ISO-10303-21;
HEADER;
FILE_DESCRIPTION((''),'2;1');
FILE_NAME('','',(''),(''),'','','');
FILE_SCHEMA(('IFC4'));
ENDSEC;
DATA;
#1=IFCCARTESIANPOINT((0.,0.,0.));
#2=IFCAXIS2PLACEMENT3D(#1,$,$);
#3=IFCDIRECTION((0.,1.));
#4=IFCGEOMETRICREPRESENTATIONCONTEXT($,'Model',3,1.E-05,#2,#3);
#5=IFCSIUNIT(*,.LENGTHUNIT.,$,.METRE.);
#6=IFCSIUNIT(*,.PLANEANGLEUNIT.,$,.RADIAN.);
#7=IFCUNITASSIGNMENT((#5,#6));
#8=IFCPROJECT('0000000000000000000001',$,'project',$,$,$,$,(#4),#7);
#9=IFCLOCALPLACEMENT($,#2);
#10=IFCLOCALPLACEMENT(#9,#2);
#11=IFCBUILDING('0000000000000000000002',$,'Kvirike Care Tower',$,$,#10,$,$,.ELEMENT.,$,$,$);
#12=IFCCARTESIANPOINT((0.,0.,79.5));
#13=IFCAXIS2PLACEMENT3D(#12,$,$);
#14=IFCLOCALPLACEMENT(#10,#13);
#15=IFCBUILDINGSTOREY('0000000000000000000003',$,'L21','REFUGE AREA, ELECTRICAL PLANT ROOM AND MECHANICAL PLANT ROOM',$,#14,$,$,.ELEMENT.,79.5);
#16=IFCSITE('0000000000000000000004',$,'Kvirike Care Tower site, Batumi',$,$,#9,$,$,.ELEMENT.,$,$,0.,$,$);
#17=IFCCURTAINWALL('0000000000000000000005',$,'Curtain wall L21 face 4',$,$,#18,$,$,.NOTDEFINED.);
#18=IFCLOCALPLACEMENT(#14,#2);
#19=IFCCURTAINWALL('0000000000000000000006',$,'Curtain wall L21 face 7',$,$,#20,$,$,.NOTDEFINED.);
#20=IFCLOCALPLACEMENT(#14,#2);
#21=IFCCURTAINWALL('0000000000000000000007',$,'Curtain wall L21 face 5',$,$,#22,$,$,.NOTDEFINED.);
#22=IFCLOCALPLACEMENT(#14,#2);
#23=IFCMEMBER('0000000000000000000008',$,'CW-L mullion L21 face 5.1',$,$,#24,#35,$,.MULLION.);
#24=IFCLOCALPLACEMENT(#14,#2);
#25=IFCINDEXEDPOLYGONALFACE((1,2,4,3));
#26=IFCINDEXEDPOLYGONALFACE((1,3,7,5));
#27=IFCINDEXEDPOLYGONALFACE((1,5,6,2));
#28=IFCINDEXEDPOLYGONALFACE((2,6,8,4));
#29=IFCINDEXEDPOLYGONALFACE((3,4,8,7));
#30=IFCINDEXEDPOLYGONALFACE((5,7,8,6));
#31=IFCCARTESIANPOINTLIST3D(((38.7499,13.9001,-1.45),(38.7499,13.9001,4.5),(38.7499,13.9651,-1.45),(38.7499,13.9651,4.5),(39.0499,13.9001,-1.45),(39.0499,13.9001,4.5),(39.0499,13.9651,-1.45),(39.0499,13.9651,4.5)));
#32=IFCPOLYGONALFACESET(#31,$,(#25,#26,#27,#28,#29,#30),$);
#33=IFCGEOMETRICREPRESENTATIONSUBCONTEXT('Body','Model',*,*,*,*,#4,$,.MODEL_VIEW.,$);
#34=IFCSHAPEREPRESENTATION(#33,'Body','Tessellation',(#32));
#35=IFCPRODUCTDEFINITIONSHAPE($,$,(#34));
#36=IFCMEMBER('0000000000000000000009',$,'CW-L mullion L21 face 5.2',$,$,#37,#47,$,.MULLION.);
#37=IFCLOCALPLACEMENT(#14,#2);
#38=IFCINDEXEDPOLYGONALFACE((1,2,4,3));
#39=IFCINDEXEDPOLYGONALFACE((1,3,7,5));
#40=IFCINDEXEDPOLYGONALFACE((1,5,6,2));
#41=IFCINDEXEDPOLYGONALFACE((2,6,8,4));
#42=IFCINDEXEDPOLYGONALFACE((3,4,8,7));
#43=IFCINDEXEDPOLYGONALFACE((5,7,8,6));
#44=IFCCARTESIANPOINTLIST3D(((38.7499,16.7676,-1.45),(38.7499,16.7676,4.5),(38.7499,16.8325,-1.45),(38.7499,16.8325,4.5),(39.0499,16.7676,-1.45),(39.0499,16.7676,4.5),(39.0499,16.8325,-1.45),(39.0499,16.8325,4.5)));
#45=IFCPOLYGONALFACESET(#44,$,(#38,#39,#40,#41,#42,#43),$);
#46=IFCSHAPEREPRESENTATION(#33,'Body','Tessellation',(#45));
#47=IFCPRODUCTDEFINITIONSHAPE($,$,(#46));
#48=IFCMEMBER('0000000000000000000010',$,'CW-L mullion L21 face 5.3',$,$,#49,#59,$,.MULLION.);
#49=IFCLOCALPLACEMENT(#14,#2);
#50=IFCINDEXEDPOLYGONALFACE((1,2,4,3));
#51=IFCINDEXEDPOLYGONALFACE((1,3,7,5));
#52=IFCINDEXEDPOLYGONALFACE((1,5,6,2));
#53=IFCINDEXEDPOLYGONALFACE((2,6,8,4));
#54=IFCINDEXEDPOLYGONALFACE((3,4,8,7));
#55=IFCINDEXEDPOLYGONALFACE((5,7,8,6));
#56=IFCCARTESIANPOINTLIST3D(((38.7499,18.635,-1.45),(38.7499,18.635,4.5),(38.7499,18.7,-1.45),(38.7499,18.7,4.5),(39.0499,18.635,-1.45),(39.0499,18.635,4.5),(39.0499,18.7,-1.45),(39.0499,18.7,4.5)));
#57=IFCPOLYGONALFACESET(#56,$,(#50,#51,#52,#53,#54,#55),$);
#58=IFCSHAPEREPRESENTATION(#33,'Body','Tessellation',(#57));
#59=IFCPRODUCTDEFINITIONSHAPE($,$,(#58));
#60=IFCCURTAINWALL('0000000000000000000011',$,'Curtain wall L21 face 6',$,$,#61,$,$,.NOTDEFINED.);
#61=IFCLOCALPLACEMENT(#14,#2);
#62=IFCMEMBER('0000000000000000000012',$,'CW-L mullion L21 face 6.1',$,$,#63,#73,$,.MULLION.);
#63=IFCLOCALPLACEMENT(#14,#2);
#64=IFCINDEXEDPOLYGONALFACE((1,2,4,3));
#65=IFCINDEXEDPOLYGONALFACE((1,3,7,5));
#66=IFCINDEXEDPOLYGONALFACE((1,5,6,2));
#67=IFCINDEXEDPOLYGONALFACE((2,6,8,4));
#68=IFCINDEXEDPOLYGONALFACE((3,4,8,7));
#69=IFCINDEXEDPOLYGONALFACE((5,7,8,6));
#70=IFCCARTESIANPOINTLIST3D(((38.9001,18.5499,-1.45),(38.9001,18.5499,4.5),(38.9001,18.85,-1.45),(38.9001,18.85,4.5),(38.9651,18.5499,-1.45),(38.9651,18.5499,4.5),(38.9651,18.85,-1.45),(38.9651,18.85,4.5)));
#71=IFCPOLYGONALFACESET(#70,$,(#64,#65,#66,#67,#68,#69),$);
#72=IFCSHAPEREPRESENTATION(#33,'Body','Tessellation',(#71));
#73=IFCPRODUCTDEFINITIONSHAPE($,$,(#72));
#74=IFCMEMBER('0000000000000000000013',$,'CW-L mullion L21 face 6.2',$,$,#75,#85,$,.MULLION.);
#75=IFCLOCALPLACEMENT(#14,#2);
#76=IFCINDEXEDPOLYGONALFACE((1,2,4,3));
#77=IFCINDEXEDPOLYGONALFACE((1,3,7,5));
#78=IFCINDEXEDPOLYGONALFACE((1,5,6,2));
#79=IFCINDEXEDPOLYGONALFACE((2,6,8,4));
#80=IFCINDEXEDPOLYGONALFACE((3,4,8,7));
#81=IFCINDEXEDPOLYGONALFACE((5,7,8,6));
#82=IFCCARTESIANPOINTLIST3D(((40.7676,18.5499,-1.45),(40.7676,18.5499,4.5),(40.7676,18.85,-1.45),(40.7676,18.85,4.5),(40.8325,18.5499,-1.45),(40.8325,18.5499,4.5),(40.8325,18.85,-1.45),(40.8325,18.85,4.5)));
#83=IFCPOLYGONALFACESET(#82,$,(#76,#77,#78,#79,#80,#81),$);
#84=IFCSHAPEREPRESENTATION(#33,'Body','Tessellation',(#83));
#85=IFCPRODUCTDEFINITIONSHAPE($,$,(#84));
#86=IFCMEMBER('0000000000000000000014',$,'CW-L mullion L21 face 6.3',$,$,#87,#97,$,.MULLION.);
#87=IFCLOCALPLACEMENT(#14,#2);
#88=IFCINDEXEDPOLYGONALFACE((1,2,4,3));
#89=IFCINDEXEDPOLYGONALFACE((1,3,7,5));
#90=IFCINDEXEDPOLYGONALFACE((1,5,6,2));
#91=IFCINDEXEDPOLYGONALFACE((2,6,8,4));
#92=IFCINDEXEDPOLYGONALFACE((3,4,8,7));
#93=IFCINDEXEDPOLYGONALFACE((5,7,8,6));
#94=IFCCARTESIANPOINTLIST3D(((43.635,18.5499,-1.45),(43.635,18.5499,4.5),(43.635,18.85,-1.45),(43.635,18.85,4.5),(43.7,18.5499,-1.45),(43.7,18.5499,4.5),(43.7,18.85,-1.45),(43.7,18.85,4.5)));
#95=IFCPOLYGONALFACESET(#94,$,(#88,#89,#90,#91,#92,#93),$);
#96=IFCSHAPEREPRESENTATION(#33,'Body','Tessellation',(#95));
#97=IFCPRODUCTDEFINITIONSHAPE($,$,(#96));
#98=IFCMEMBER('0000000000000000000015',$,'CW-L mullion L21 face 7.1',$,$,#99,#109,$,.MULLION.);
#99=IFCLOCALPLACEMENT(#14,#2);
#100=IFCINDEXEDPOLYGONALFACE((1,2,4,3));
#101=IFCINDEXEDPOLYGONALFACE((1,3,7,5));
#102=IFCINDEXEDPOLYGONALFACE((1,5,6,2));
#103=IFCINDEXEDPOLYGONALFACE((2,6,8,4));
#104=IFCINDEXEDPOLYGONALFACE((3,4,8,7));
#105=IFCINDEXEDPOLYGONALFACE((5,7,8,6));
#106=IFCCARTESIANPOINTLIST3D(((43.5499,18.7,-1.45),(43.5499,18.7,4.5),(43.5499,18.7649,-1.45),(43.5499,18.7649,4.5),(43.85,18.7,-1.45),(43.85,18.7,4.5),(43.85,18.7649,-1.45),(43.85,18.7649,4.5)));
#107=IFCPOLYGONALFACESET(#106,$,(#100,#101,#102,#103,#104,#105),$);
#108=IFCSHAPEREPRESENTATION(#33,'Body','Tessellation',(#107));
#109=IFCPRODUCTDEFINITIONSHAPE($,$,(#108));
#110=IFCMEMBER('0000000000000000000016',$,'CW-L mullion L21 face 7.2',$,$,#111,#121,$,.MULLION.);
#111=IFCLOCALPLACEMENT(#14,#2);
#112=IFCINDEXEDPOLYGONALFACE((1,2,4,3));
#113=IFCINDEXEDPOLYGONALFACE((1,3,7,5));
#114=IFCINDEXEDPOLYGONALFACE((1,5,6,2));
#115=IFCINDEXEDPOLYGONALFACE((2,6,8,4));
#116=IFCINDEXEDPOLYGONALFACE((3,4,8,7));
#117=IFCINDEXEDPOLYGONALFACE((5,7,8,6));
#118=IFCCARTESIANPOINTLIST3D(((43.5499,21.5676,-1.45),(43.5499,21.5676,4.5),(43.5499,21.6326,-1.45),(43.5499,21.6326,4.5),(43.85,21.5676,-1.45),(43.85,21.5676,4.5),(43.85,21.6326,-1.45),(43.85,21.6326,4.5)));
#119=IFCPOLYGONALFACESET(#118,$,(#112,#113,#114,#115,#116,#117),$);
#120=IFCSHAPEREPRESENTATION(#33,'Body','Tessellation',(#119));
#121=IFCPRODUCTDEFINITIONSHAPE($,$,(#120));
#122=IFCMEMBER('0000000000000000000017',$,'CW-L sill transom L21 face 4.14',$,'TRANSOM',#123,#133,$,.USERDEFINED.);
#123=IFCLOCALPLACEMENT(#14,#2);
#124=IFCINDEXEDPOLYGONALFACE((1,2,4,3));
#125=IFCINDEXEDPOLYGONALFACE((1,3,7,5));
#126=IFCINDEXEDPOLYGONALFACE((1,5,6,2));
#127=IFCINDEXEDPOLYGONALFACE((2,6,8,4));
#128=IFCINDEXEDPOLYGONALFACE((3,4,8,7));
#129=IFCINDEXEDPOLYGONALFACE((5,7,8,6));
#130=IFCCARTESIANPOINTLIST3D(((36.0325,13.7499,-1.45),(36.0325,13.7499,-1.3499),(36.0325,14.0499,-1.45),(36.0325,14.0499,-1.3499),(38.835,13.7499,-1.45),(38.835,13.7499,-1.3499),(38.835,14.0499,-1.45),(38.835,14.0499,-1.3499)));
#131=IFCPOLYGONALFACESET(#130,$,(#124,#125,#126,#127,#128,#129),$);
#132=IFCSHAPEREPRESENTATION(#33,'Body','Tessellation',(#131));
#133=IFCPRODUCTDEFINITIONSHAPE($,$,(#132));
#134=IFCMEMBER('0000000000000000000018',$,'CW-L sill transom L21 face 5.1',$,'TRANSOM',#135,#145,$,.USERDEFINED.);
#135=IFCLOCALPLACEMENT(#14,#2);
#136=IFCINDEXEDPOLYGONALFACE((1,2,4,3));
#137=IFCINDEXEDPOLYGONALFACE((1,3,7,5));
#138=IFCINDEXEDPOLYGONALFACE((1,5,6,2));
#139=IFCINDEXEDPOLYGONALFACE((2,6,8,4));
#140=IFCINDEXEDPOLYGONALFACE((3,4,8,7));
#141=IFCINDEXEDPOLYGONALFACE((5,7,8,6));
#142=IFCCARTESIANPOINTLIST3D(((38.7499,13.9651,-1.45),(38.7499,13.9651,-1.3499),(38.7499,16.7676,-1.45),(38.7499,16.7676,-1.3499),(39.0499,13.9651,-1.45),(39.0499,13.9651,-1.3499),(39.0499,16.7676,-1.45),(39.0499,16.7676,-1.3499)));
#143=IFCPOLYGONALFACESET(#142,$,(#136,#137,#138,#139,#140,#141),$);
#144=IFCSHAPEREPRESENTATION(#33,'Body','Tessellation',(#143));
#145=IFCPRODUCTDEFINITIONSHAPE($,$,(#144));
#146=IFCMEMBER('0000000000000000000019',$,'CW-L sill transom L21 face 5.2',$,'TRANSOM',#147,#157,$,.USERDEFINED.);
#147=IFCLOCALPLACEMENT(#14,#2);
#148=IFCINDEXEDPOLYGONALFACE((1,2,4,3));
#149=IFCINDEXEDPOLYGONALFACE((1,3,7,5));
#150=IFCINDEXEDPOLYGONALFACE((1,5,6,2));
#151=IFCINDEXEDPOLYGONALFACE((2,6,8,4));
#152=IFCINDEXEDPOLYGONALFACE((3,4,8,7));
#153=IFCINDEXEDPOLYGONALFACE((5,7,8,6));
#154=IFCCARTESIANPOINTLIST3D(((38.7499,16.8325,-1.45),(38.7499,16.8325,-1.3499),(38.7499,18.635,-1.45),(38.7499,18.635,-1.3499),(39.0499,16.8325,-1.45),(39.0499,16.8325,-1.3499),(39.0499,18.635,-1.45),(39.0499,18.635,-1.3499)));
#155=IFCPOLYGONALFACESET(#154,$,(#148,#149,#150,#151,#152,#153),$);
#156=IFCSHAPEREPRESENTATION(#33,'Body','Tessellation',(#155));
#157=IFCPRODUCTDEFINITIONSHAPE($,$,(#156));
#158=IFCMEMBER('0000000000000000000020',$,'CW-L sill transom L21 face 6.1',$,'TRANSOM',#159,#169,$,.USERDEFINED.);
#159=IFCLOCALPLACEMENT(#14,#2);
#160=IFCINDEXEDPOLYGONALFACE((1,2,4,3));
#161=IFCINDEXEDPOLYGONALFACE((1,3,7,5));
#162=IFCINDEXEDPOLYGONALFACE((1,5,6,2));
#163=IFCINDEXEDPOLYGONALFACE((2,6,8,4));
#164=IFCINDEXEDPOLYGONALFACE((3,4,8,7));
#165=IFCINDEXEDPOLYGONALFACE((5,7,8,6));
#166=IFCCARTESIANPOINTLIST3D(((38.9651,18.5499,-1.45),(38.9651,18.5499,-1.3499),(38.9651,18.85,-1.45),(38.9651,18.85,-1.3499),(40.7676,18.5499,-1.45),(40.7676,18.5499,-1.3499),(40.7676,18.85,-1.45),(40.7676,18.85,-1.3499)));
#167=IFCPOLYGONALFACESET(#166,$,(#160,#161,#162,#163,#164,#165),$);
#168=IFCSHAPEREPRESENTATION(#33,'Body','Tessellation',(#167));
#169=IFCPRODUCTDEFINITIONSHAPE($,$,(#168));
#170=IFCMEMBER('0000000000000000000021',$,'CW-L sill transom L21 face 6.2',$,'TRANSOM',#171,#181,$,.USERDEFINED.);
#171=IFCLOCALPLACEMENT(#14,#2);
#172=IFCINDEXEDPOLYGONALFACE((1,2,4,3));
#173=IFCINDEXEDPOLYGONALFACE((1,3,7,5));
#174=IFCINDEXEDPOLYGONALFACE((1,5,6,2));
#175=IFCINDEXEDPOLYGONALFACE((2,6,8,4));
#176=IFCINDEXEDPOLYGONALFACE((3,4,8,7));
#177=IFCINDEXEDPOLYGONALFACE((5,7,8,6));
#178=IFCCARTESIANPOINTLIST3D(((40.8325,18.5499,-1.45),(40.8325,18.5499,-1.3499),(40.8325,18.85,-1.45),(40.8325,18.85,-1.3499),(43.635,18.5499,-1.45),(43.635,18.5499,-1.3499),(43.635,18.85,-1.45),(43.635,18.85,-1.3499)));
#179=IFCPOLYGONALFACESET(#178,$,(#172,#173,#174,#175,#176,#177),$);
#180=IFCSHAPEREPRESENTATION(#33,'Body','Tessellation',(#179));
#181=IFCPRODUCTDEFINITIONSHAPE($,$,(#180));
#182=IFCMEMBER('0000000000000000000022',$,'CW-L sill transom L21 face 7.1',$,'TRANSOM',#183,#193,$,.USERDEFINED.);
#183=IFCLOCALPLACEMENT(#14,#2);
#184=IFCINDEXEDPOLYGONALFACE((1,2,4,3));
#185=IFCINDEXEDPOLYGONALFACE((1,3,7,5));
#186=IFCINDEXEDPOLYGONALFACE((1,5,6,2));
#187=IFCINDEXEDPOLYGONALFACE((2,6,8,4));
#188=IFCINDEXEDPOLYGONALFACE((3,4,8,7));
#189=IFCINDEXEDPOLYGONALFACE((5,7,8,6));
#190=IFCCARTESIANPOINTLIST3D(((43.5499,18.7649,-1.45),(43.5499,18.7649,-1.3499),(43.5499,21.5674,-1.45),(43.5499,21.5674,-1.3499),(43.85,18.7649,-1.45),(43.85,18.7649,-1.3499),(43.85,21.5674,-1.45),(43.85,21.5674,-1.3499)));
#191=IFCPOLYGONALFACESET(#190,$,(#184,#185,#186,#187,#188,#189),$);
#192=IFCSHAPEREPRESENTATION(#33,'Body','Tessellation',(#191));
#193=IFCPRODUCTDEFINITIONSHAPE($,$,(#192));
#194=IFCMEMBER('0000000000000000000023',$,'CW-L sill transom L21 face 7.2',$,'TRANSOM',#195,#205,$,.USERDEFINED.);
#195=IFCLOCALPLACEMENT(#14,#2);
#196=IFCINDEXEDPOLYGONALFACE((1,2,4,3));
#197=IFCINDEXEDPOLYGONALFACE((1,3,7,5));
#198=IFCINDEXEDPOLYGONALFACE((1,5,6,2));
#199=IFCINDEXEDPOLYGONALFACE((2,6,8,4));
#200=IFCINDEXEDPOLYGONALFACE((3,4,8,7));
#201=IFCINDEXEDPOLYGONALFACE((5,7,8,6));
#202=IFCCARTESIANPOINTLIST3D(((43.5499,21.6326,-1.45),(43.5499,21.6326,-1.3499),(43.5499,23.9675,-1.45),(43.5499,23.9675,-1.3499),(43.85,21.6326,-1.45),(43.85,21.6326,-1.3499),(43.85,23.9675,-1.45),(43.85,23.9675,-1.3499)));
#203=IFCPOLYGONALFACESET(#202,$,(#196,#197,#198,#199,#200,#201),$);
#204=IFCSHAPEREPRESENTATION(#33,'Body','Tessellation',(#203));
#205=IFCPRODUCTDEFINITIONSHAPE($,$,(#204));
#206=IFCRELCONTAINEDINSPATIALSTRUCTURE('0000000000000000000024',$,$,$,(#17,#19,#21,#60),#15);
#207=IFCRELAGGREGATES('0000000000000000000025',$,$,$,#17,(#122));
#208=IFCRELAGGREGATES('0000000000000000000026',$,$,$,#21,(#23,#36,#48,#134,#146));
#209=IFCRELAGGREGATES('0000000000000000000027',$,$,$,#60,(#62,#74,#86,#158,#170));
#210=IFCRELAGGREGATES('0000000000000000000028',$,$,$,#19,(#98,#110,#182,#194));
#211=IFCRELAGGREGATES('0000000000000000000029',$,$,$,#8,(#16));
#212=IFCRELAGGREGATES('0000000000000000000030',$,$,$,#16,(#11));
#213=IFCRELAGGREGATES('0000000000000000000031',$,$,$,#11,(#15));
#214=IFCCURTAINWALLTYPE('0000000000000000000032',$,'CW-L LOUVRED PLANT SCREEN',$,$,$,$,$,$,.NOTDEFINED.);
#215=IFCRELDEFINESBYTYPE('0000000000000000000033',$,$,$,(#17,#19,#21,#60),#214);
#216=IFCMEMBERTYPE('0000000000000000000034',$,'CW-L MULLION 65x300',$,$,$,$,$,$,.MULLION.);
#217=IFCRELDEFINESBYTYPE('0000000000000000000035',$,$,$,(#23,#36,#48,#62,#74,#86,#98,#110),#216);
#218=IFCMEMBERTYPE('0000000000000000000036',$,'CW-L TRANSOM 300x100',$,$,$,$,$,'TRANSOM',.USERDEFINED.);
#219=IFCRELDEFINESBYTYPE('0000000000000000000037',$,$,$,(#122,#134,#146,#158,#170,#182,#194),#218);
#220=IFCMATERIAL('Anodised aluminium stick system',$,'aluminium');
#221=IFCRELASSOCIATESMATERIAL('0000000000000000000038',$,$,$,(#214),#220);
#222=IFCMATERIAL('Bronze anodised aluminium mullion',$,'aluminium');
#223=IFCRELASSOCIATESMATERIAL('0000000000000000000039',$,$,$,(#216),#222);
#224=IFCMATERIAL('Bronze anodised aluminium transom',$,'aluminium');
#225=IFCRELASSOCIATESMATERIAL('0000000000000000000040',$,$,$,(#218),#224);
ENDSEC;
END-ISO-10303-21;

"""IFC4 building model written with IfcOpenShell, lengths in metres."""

from ifc_helpers import new_model, si_unit, direction, frame, origin, origin_2d, place, context, subcontext, project, spatial, rectangle, extrude, material, material_profile, profile_set, type_object, element, aggregate, save


model = new_model("IFC4")

# Units and contexts
model_context = context("Model", 3, precision=1e-05, world=origin(), true_north=direction((0.0, 1.0)))
body_context = subcontext(model_context, "Body", "Model", "MODEL_VIEW")
ifc_project = project(units=[si_unit("LENGTHUNIT", "METRE"), si_unit("PLANEANGLEUNIT", "RADIAN")], contexts=[model_context])

# Site, building, storey
site_placement = place(None, origin())
site = spatial("IfcSite", under=ifc_project, at=site_placement, Name="Kvirike Care Tower site, Batumi", CompositionType="ELEMENT", RefElevation=0.0)
building_placement = place(site_placement, origin())
building = spatial("IfcBuilding", under=site, at=building_placement, Name="Kvirike Care Tower", CompositionType="ELEMENT")
storey_placement = place(building_placement, frame((0.0, 0.0, 79.5)))
storey = spatial("IfcBuildingStorey", under=building, at=storey_placement, Name="L21", Description="REFUGE AREA, ELECTRICAL PLANT ROOM AND MECHANICAL PLANT ROOM", CompositionType="ELEMENT", Elevation=79.5)

# Curtain walls
ifc_material_1 = material(Name="Anodised aluminium stick system", Category="aluminium")
curtain_wall_type = type_object("IfcCurtainWallType", Name="CW-L LOUVRED PLANT SCREEN", PredefinedType="NOTDEFINED", material=ifc_material_1)
curtain_wall_1_placement = place(storey_placement, origin())
curtain_wall_1 = element("IfcCurtainWall", 1, at=curtain_wall_1_placement, inside=storey, type_object=curtain_wall_type, Name="Curtain wall L21 face 4", PredefinedType="NOTDEFINED")
curtain_wall_2_placement = place(storey_placement, origin())
curtain_wall_2 = element("IfcCurtainWall", 2, at=curtain_wall_2_placement, inside=storey, type_object=curtain_wall_type, Name="Curtain wall L21 face 7", PredefinedType="NOTDEFINED")

# Shared definitions
ifc_material_2 = material(Name="Bronze anodised aluminium mullion", Category="aluminium")
ifc_material_profile_1 = material_profile(ifc_material_2, rectangle(XDim=0.0649, YDim=0.3, at=origin_2d()), Name="CW-L MULLION 65x300")
ifc_profile_set_1 = profile_set([ifc_material_profile_1], Name="Bronze anodised aluminium mullion")
member_type_1 = type_object("IfcMemberType", Name="CW-L MULLION 65x300", PredefinedType="MULLION", material=ifc_profile_set_1)

# Curtain walls, members
curtain_wall_3_placement = place(storey_placement, origin())
curtain_wall_3 = element("IfcCurtainWall", 3, at=curtain_wall_3_placement, inside=storey, type_object=curtain_wall_type, Name="Curtain wall L21 face 5", PredefinedType="NOTDEFINED")
member_1_placement = place(storey_placement, frame((38.8999, 13.9326, -1.45), z_axis=(0.0, 0.0, 1.0), x_axis=(0.0, 1.0, 0.0)))
member_1 = element("IfcMember", 4, at=member_1_placement, type_object=member_type_1, Name="CW-L mullion L21 face 5.1", PredefinedType="MULLION", context=body_context, shape_type="SweptSolid", body=[
    extrude(rectangle(XDim=0.0649, YDim=0.3, at=origin_2d()), origin(), (0.0, 0.0, 1.0), 5.95),
])
member_2_placement = place(storey_placement, frame((38.8999, 16.8, -1.45), z_axis=(0.0, 0.0, 1.0), x_axis=(0.0, 1.0, 0.0)))
member_2 = element("IfcMember", 5, at=member_2_placement, type_object=member_type_1, Name="CW-L mullion L21 face 5.2", PredefinedType="MULLION", context=body_context, shape_type="SweptSolid", body=[
    extrude(rectangle(XDim=0.0649, YDim=0.3, at=origin_2d()), origin(), (0.0, 0.0, 1.0), 5.95),
])
member_3_placement = place(storey_placement, frame((38.8999, 18.6675, -1.45), z_axis=(0.0, 0.0, 1.0), x_axis=(0.0, 1.0, 0.0)))
member_3 = element("IfcMember", 6, at=member_3_placement, type_object=member_type_1, Name="CW-L mullion L21 face 5.3", PredefinedType="MULLION", context=body_context, shape_type="SweptSolid", body=[
    extrude(rectangle(XDim=0.0649, YDim=0.3, at=origin_2d()), origin(), (0.0, 0.0, 1.0), 5.95),
])
curtain_wall_4_placement = place(storey_placement, origin())
curtain_wall_4 = element("IfcCurtainWall", 7, at=curtain_wall_4_placement, inside=storey, type_object=curtain_wall_type, Name="Curtain wall L21 face 6", PredefinedType="NOTDEFINED")
member_4_placement = place(storey_placement, frame((38.9326, 18.7, -1.45), z_axis=(0.0, 0.0, 1.0), x_axis=(1.0, 0.0, 0.0)))
member_4 = element("IfcMember", 8, at=member_4_placement, type_object=member_type_1, Name="CW-L mullion L21 face 6.1", PredefinedType="MULLION", context=body_context, shape_type="SweptSolid", body=[
    extrude(rectangle(XDim=0.0649, YDim=0.3, at=origin_2d()), origin(), (0.0, 0.0, 1.0), 5.95),
])
member_5_placement = place(storey_placement, frame((40.8, 18.7, -1.45), z_axis=(0.0, 0.0, 1.0), x_axis=(1.0, 0.0, 0.0)))
member_5 = element("IfcMember", 9, at=member_5_placement, type_object=member_type_1, Name="CW-L mullion L21 face 6.2", PredefinedType="MULLION", context=body_context, shape_type="SweptSolid", body=[
    extrude(rectangle(XDim=0.0649, YDim=0.3, at=origin_2d()), origin(), (0.0, 0.0, 1.0), 5.95),
])
member_6_placement = place(storey_placement, frame((43.6675, 18.7, -1.45), z_axis=(0.0, 0.0, 1.0), x_axis=(1.0, 0.0, 0.0)))
member_6 = element("IfcMember", 10, at=member_6_placement, type_object=member_type_1, Name="CW-L mullion L21 face 6.3", PredefinedType="MULLION", context=body_context, shape_type="SweptSolid", body=[
    extrude(rectangle(XDim=0.0649, YDim=0.3, at=origin_2d()), origin(), (0.0, 0.0, 1.0), 5.95),
])

# Members
member_7_placement = place(storey_placement, frame((43.7, 18.7324, -1.45), z_axis=(0.0, 0.0, 1.0), x_axis=(0.0, 1.0, 0.0)))
member_7 = element("IfcMember", 11, at=member_7_placement, type_object=member_type_1, Name="CW-L mullion L21 face 7.1", PredefinedType="MULLION", context=body_context, shape_type="SweptSolid", body=[
    extrude(rectangle(XDim=0.0649, YDim=0.3, at=origin_2d()), origin(), (0.0, 0.0, 1.0), 5.95),
])
member_8_placement = place(storey_placement, frame((43.7, 21.6001, -1.45), z_axis=(0.0, 0.0, 1.0), x_axis=(0.0, 1.0, 0.0)))
member_8 = element("IfcMember", 12, at=member_8_placement, type_object=member_type_1, Name="CW-L mullion L21 face 7.2", PredefinedType="MULLION", context=body_context, shape_type="SweptSolid", body=[
    extrude(rectangle(XDim=0.0649, YDim=0.3, at=origin_2d()), origin(), (0.0, 0.0, 1.0), 5.95),
])
ifc_material_3 = material(Name="Bronze anodised aluminium transom", Category="aluminium")
ifc_material_profile_2 = material_profile(ifc_material_3, rectangle(XDim=0.3, YDim=0.1001, at=origin_2d()), Name="CW-L TRANSOM 300x100")
ifc_profile_set_2 = profile_set([ifc_material_profile_2], Name="Bronze anodised aluminium transom")
member_type_2 = type_object("IfcMemberType", Name="CW-L TRANSOM 300x100", ElementType="TRANSOM", PredefinedType="USERDEFINED", material=ifc_profile_set_2)
member_9_placement = place(storey_placement, frame((36.0325, 13.8999, -1.3999), z_axis=(1.0, 0.0, 0.0), x_axis=(0.0, 1.0, 0.0)))
member_9 = element("IfcMember", 13, at=member_9_placement, type_object=member_type_2, Name="CW-L sill transom L21 face 4.14", ObjectType="TRANSOM", PredefinedType="USERDEFINED", context=body_context, shape_type="SweptSolid", body=[
    extrude(rectangle(XDim=0.3, YDim=0.1001, at=origin_2d()), origin(), (0.0, 0.0, 1.0), 2.8025),
])
member_10_placement = place(storey_placement, frame((38.8999, 13.9651, -1.3999), z_axis=(0.0, 1.0, 0.0), x_axis=(-1.0, 0.0, 0.0)))
member_10 = element("IfcMember", 14, at=member_10_placement, type_object=member_type_2, Name="CW-L sill transom L21 face 5.1", ObjectType="TRANSOM", PredefinedType="USERDEFINED", context=body_context, shape_type="SweptSolid", body=[
    extrude(rectangle(XDim=0.3, YDim=0.1001, at=origin_2d()), origin(), (0.0, 0.0, 1.0), 2.8025),
])
member_11_placement = place(storey_placement, frame((38.8999, 16.8325, -1.3999), z_axis=(0.0, 1.0, 0.0), x_axis=(-1.0, 0.0, 0.0)))
member_11 = element("IfcMember", 15, at=member_11_placement, type_object=member_type_2, Name="CW-L sill transom L21 face 5.2", ObjectType="TRANSOM", PredefinedType="USERDEFINED", context=body_context, shape_type="SweptSolid", body=[
    extrude(rectangle(XDim=0.3, YDim=0.1001, at=origin_2d()), origin(), (0.0, 0.0, 1.0), 1.8025),
])
member_12_placement = place(storey_placement, frame((38.9651, 18.7, -1.3999), z_axis=(1.0, 0.0, 0.0), x_axis=(0.0, 1.0, 0.0)))
member_12 = element("IfcMember", 16, at=member_12_placement, type_object=member_type_2, Name="CW-L sill transom L21 face 6.1", ObjectType="TRANSOM", PredefinedType="USERDEFINED", context=body_context, shape_type="SweptSolid", body=[
    extrude(rectangle(XDim=0.3, YDim=0.1001, at=origin_2d()), origin(), (0.0, 0.0, 1.0), 1.8025),
])
member_13_placement = place(storey_placement, frame((40.8325, 18.7, -1.3999), z_axis=(1.0, 0.0, 0.0), x_axis=(0.0, 1.0, 0.0)))
member_13 = element("IfcMember", 17, at=member_13_placement, type_object=member_type_2, Name="CW-L sill transom L21 face 6.2", ObjectType="TRANSOM", PredefinedType="USERDEFINED", context=body_context, shape_type="SweptSolid", body=[
    extrude(rectangle(XDim=0.3, YDim=0.1001, at=origin_2d()), origin(), (0.0, 0.0, 1.0), 2.8025),
])
member_14_placement = place(storey_placement, frame((43.7, 18.7649, -1.3999), z_axis=(0.0, 1.0, 0.0), x_axis=(-1.0, 0.0, 0.0)))
member_14 = element("IfcMember", 18, at=member_14_placement, type_object=member_type_2, Name="CW-L sill transom L21 face 7.1", ObjectType="TRANSOM", PredefinedType="USERDEFINED", context=body_context, shape_type="SweptSolid", body=[
    extrude(rectangle(XDim=0.3, YDim=0.1001, at=origin_2d()), origin(), (0.0, 0.0, 1.0), 2.8025),
])
member_15_placement = place(storey_placement, frame((43.7, 21.6326, -1.3999), z_axis=(0.0, 1.0, 0.0), x_axis=(-1.0, 0.0, 0.0)))
member_15 = element("IfcMember", 19, at=member_15_placement, type_object=member_type_2, Name="CW-L sill transom L21 face 7.2", ObjectType="TRANSOM", PredefinedType="USERDEFINED", context=body_context, shape_type="SweptSolid", body=[
    extrude(rectangle(XDim=0.3, YDim=0.1001, at=origin_2d()), origin(), (0.0, 0.0, 1.0), 2.335),
])

aggregate(curtain_wall_1, [member_9])
aggregate(curtain_wall_3, [member_1, member_2, member_3, member_10, member_11])
aggregate(curtain_wall_4, [member_4, member_5, member_6, member_12, member_13])
aggregate(curtain_wall_2, [member_7, member_8, member_14, member_15])

save(model, "model.ifc")
